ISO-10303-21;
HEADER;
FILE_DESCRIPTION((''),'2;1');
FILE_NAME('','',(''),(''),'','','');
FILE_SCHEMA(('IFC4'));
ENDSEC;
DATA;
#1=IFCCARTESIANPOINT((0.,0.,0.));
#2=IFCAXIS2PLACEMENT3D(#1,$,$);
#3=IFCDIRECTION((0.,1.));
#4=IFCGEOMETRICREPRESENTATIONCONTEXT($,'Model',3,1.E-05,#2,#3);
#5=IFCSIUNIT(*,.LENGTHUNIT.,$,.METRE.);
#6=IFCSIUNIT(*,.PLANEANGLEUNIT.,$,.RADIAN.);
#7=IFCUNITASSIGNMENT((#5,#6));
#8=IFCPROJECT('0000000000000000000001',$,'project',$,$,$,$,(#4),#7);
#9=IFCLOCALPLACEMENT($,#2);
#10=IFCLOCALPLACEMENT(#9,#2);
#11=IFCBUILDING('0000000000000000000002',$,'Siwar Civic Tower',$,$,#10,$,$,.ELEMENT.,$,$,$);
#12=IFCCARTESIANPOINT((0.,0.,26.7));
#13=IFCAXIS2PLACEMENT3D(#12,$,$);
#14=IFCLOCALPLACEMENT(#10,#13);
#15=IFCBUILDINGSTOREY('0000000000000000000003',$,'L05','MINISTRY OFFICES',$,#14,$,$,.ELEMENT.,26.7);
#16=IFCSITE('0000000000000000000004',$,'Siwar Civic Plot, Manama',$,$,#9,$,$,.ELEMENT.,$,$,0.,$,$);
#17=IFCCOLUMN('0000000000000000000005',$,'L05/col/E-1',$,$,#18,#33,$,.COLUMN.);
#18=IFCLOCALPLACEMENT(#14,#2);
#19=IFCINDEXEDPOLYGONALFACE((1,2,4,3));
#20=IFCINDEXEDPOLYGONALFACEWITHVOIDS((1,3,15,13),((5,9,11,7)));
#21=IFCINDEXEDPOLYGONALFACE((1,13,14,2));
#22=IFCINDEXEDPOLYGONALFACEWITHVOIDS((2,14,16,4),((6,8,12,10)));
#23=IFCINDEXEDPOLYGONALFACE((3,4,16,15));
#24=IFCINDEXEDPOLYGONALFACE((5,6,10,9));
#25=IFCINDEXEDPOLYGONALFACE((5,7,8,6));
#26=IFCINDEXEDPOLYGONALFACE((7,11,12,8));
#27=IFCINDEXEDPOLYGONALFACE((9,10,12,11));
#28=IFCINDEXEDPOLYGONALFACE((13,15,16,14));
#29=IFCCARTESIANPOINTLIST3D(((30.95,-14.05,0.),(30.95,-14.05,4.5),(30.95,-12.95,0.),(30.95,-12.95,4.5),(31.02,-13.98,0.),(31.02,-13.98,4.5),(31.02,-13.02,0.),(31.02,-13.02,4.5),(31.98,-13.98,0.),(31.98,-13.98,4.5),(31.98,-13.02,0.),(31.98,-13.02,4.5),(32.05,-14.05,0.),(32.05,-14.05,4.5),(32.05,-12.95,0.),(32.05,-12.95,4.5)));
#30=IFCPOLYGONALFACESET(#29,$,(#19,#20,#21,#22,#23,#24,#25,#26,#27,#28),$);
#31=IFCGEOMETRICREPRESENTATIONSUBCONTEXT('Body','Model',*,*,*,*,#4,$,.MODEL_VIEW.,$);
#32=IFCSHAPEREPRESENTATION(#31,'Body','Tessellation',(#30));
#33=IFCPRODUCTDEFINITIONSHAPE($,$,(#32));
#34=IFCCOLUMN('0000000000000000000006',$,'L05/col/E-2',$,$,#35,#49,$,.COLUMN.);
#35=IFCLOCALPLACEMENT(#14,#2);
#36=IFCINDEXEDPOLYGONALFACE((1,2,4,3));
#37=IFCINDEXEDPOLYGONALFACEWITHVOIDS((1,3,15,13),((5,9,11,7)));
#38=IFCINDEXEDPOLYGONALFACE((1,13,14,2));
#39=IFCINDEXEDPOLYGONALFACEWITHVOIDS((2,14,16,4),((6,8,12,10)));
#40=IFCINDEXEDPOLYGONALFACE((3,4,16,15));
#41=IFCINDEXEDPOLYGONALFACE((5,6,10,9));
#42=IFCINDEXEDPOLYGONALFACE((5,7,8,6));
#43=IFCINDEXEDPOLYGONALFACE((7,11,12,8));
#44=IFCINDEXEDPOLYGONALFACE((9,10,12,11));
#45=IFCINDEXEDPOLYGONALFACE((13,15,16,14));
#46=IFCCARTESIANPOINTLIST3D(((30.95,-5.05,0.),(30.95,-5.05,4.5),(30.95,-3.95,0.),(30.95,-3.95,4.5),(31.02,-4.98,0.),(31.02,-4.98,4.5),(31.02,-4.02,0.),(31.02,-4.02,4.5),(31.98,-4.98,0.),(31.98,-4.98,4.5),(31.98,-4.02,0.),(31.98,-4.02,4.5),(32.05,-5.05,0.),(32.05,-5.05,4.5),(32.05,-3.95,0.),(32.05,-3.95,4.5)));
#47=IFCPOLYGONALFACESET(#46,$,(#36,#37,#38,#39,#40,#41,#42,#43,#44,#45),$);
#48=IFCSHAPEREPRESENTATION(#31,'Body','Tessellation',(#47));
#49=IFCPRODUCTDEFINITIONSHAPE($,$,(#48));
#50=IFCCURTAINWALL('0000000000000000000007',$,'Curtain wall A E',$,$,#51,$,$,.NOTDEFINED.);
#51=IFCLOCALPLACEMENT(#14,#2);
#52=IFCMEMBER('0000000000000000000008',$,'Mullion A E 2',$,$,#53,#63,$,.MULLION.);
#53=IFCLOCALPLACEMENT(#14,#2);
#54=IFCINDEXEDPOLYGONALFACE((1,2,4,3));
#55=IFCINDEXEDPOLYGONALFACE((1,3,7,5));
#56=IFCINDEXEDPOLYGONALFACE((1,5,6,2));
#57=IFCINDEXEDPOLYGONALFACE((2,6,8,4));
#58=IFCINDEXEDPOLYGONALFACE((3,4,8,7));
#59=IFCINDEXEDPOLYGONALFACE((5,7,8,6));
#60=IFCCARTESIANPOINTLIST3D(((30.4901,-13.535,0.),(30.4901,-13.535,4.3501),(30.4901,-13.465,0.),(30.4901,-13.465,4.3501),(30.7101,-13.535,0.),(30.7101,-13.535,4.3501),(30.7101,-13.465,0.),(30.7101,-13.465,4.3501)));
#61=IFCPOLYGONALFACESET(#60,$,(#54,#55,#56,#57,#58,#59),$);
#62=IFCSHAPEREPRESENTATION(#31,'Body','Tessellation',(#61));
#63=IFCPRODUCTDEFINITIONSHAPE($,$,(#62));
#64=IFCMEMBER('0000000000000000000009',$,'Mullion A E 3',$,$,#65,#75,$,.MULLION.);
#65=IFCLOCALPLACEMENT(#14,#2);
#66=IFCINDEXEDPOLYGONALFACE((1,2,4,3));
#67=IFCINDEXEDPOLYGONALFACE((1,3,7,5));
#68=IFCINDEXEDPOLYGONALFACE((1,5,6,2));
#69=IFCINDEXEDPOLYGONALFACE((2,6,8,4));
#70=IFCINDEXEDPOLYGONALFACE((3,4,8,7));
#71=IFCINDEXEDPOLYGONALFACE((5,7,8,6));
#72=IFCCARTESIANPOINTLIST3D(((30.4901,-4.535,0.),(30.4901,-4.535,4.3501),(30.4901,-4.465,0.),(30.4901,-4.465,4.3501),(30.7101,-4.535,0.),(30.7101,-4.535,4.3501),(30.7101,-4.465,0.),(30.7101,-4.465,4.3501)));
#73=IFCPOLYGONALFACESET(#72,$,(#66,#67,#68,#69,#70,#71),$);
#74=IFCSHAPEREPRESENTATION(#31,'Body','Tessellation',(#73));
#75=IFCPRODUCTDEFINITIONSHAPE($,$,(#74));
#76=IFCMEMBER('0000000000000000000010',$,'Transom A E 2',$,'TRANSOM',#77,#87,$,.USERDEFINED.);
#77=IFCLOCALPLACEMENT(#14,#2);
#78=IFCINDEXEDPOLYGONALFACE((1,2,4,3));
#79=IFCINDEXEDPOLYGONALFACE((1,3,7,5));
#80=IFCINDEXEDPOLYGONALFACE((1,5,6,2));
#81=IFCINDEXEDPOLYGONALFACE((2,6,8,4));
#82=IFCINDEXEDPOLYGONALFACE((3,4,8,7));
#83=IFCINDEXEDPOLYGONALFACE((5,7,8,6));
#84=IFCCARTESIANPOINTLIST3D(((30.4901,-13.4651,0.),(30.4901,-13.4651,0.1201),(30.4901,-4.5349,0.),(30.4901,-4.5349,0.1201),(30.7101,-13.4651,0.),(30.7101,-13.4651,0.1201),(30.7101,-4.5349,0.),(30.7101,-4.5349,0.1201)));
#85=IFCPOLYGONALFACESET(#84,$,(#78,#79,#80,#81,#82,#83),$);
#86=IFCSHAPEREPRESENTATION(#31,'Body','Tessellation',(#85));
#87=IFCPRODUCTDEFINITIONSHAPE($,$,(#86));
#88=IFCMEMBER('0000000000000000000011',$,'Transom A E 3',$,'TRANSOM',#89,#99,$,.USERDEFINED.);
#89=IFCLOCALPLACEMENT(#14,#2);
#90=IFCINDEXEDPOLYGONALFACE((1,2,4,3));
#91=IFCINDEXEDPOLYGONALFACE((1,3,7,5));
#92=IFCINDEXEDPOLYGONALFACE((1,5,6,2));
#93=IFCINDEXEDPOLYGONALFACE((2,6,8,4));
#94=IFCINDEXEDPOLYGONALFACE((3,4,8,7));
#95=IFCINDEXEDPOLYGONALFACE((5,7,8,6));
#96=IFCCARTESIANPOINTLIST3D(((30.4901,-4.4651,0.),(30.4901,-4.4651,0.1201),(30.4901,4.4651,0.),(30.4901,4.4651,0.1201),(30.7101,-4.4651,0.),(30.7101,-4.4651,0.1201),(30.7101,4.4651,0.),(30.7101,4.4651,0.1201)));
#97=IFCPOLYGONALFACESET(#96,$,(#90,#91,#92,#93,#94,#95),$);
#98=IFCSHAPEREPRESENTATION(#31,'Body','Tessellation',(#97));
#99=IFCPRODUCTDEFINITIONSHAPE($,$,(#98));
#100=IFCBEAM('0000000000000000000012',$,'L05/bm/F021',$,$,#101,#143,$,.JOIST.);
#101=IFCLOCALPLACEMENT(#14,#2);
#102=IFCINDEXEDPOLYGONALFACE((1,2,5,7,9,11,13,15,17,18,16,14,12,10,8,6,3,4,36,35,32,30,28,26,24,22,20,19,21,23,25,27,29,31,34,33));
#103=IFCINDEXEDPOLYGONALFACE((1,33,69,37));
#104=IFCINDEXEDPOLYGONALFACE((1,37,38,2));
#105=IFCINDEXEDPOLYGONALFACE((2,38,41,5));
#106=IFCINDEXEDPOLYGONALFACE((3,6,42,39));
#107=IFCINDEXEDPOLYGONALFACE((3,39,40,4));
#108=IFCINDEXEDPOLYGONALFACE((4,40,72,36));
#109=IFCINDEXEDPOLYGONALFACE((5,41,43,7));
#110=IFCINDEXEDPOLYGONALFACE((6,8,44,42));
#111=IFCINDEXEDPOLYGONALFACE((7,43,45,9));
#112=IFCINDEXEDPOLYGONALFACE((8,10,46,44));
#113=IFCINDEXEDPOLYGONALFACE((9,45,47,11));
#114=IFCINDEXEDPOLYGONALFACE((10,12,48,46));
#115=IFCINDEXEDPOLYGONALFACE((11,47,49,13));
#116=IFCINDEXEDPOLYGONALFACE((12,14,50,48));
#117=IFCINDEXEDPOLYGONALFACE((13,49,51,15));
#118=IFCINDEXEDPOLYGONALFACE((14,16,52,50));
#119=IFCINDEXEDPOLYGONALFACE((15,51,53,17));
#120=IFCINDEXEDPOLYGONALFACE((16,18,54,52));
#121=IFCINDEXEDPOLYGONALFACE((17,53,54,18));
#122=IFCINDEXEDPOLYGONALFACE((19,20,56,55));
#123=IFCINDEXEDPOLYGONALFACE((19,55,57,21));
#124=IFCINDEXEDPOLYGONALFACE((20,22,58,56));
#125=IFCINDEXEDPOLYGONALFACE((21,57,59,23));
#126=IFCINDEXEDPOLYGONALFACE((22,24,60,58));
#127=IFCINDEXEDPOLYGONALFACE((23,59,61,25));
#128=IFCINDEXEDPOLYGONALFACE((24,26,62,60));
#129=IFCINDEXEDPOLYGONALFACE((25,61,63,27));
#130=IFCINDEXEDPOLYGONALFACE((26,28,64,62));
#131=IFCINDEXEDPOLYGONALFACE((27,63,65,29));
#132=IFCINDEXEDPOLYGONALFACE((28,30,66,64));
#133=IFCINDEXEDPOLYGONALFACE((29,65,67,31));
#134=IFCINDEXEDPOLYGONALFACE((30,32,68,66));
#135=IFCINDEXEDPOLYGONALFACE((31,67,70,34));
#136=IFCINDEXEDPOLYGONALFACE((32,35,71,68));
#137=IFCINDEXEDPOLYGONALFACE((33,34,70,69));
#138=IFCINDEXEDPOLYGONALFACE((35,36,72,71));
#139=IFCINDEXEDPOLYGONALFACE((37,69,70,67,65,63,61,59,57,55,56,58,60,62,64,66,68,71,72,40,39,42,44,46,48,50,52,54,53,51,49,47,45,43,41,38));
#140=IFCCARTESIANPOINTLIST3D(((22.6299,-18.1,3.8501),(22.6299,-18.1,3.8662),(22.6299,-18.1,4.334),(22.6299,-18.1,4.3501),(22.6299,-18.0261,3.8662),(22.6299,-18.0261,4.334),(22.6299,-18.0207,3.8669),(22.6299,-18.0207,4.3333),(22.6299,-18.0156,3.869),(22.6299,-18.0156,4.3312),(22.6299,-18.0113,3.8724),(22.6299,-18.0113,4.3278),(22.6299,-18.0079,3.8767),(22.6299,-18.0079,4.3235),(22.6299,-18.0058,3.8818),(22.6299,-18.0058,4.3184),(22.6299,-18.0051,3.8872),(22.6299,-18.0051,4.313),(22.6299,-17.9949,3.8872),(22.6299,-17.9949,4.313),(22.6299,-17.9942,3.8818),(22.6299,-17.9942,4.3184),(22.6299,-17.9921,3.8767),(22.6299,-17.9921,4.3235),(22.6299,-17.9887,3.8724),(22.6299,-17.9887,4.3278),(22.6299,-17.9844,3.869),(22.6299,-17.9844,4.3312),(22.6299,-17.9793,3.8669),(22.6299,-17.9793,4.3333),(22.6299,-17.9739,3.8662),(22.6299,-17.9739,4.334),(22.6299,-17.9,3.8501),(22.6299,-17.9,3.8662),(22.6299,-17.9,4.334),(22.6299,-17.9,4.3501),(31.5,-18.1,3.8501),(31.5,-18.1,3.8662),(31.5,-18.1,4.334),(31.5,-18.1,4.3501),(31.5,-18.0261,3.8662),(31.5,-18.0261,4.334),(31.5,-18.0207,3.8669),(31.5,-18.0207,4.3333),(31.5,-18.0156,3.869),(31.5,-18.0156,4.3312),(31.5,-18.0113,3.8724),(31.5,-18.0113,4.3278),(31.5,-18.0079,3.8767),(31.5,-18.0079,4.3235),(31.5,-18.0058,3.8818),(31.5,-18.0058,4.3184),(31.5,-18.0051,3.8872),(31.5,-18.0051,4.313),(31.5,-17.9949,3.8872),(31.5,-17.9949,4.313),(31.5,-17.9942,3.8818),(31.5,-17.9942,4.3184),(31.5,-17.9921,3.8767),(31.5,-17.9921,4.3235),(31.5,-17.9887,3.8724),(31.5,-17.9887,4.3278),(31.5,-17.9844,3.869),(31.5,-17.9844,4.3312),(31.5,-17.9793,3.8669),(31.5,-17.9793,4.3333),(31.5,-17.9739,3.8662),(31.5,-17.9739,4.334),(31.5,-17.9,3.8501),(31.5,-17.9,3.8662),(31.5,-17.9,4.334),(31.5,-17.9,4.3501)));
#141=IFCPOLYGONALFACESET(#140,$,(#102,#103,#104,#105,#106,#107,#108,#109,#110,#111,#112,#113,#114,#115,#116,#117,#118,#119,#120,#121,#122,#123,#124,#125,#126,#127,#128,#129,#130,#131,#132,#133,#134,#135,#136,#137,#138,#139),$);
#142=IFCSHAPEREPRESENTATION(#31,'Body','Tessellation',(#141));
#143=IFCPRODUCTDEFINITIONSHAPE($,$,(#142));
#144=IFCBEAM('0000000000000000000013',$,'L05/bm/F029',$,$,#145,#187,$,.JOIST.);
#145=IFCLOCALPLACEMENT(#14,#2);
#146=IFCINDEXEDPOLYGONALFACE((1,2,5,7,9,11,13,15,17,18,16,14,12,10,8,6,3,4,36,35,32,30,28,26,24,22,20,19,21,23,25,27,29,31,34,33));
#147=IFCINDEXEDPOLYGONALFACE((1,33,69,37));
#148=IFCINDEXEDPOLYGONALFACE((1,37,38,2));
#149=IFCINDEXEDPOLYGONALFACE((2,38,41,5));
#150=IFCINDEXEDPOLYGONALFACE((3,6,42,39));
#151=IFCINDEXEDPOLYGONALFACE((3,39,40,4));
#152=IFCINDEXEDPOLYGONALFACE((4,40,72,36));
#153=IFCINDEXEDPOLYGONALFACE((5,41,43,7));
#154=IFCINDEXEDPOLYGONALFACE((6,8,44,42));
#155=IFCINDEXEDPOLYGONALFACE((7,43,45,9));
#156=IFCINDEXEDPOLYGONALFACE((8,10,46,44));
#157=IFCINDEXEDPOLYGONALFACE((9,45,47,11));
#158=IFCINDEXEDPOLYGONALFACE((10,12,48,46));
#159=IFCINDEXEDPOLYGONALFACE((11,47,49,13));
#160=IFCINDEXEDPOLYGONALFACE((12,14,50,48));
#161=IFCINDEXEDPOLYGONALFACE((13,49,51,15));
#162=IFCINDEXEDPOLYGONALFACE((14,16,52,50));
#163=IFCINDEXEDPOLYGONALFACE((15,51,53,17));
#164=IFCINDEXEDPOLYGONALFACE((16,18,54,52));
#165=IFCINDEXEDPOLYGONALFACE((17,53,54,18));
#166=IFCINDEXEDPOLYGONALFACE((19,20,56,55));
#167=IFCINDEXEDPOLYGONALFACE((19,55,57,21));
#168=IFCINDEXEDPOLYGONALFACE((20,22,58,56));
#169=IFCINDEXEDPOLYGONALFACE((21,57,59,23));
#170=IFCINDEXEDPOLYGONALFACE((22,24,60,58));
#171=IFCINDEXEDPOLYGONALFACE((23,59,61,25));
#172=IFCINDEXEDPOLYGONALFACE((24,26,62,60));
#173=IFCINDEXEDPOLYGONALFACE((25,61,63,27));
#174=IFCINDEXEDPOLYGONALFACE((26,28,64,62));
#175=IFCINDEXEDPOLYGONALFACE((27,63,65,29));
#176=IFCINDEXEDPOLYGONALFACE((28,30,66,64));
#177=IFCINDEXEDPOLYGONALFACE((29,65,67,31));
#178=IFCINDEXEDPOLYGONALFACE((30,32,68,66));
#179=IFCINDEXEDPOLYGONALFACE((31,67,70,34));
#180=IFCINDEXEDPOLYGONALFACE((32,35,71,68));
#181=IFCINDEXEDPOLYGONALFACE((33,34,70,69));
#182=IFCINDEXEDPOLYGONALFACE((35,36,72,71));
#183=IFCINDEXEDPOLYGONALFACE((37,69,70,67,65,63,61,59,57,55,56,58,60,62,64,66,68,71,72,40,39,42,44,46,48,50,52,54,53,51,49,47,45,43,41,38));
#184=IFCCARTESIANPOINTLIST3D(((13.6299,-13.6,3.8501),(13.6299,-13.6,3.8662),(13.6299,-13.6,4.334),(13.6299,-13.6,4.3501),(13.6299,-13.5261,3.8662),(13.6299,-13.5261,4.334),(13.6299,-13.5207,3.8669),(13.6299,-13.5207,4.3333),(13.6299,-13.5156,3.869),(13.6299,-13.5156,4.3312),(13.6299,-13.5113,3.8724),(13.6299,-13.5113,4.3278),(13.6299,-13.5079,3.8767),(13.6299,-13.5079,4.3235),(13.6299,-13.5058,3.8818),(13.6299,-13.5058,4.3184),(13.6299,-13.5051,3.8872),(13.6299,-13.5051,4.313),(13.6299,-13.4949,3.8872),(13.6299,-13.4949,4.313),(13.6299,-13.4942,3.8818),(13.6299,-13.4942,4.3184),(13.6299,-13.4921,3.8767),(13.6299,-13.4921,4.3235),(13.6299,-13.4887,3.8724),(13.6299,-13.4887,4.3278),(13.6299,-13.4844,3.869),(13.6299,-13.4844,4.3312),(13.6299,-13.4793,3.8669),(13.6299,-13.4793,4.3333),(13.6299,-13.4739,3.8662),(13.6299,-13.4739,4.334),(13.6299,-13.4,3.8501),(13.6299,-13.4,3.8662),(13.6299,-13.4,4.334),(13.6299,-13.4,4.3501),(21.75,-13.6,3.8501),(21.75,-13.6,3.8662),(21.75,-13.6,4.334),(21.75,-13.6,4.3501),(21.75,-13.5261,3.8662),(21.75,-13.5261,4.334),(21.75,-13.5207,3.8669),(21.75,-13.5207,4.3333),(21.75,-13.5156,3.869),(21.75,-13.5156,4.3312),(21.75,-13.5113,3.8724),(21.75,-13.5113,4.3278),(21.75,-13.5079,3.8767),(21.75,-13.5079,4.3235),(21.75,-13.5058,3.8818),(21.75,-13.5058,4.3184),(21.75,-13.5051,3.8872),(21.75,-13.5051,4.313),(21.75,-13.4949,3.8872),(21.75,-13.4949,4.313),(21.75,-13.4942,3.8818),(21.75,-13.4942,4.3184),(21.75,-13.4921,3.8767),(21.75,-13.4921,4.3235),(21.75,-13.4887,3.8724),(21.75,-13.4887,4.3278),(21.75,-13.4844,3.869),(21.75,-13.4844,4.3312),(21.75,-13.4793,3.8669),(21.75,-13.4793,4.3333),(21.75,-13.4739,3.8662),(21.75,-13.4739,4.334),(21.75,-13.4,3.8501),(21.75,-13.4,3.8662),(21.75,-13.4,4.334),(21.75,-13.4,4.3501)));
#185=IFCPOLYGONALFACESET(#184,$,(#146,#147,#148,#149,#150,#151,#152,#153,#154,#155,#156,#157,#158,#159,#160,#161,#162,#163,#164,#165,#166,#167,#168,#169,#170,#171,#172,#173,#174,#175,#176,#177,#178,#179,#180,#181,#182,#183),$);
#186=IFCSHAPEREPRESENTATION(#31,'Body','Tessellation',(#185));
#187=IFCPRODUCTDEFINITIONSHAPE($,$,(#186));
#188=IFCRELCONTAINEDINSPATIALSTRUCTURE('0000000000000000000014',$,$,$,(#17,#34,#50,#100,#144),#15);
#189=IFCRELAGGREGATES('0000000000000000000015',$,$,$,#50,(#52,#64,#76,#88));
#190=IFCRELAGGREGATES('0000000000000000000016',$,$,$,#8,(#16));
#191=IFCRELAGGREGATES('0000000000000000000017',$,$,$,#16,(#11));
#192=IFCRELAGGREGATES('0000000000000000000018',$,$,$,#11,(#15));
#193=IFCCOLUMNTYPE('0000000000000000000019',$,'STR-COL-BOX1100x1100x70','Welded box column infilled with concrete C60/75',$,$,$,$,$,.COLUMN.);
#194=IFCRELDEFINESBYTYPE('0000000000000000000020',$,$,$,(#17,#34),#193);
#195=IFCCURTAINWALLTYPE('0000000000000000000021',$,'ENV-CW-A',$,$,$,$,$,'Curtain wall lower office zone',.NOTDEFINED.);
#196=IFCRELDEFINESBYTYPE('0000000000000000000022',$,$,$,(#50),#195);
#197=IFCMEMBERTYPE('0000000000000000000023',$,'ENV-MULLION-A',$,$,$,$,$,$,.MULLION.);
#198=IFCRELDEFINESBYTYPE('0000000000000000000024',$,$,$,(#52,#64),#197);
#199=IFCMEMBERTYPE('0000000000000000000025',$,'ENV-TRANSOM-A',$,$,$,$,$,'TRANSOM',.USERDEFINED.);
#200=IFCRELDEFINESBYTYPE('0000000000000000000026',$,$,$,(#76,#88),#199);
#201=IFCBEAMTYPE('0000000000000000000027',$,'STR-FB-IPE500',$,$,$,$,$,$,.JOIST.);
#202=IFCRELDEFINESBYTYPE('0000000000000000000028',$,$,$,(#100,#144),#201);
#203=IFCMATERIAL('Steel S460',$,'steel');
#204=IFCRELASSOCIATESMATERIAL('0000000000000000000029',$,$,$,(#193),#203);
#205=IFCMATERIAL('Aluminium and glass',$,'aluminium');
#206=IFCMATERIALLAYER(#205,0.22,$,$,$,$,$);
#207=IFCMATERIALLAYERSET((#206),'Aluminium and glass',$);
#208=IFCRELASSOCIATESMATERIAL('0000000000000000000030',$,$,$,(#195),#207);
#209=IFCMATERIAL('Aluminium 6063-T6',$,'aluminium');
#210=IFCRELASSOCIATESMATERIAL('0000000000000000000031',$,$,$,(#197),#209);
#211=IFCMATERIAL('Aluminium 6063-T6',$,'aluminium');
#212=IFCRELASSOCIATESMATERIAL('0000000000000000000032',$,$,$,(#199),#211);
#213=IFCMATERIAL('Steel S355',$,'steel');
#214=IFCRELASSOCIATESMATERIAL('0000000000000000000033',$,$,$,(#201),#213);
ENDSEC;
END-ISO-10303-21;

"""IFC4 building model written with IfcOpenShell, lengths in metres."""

from ifc_helpers import new_model, si_unit, direction, frame, origin, origin_2d, place, context, subcontext, project, spatial, rectangle, hollow_rectangle, i_section, extrude, material, layer, layer_set, material_profile, profile_set, type_object, element, aggregate, save


model = new_model("IFC4")

# Units and contexts
model_context = context("Model", 3, precision=1e-05, world=origin(), true_north=direction((0.0, 1.0)))
body_context = subcontext(model_context, "Body", "Model", "MODEL_VIEW")
ifc_project = project(units=[si_unit("LENGTHUNIT", "METRE"), si_unit("PLANEANGLEUNIT", "RADIAN")], contexts=[model_context])

# Site, building, storey
site_placement = place(None, origin())
site = spatial("IfcSite", under=ifc_project, at=site_placement, Name="Siwar Civic Plot, Manama", CompositionType="ELEMENT", RefElevation=0.0)
building_placement = place(site_placement, origin())
building = spatial("IfcBuilding", under=site, at=building_placement, Name="Siwar Civic Tower", CompositionType="ELEMENT")
storey_placement = place(building_placement, frame((0.0, 0.0, 26.7)))
storey = spatial("IfcBuildingStorey", under=building, at=storey_placement, Name="L05", Description="MINISTRY OFFICES", CompositionType="ELEMENT", Elevation=26.7)

# Columns
ifc_material_1 = material(Name="Steel S460", Category="steel")
ifc_material_profile_1 = material_profile(ifc_material_1, hollow_rectangle(XDim=1.1001, YDim=1.1001, WallThickness=0.0701, at=origin_2d()), Name="BOX1100x1100x70")
ifc_profile_set_1 = profile_set([ifc_material_profile_1], Name="Steel S460")
column_type = type_object("IfcColumnType", Name="STR-COL-BOX1100x1100x70", Description="Welded box column infilled with concrete C60/75", PredefinedType="COLUMN", material=ifc_profile_set_1)
for number, where, z_axis, x_axis, name in (
    (1, (31.5, -13.5, 0.0), (0.0, 0.0, 1.0), (1.0, 0.0, 0.0), "L05/col/E-1"),
    (2, (31.5, -4.5, 0.0), (0.0, 0.0, 1.0), (1.0, 0.0, 0.0), "L05/col/E-2"),
):
    element("IfcColumn", number, at=place(storey_placement, frame(where, z_axis=z_axis, x_axis=x_axis)), inside=storey, type_object=column_type, Name=name, PredefinedType="COLUMN", context=body_context, shape_type="SweptSolid", body=[
        extrude(hollow_rectangle(XDim=1.1001, YDim=1.1001, WallThickness=0.0701, at=origin_2d()), origin(), (0.0, 0.0, 1.0), 4.5),
    ])

# Curtain wall, members
ifc_material_2 = material(Name="Aluminium and glass", Category="aluminium")
ifc_layer_1 = layer(ifc_material_2, 0.22)
ifc_layer_set_1 = layer_set([ifc_layer_1], Name="Aluminium and glass")
curtain_wall_type = type_object("IfcCurtainWallType", Name="ENV-CW-A", ElementType="Curtain wall lower office zone", PredefinedType="NOTDEFINED", material=ifc_layer_set_1)
curtain_wall_placement = place(storey_placement, origin())
curtain_wall = element("IfcCurtainWall", 3, at=curtain_wall_placement, inside=storey, type_object=curtain_wall_type, Name="Curtain wall A E", PredefinedType="NOTDEFINED")
ifc_material_3 = material(Name="Aluminium 6063-T6", Category="aluminium")
ifc_material_profile_2 = material_profile(ifc_material_3, rectangle(XDim=0.22, YDim=0.0701, at=origin_2d()), Name="AL 220x70")
ifc_profile_set_2 = profile_set([ifc_material_profile_2], Name="Aluminium 6063-T6")
member_type_1 = type_object("IfcMemberType", Name="ENV-MULLION-A", PredefinedType="MULLION", material=ifc_profile_set_2)
member_1_placement = place(storey_placement, frame((30.6001, -13.5, 0.0), z_axis=(0.0, 0.0, 1.0), x_axis=(-1.0, 0.0, 0.0)))
member_1 = element("IfcMember", 4, at=member_1_placement, type_object=member_type_1, Name="Mullion A E 2", PredefinedType="MULLION", context=body_context, shape_type="SweptSolid", body=[
    extrude(rectangle(XDim=0.22, YDim=0.0701, at=origin_2d()), origin(), (0.0, 0.0, 1.0), 4.3501),
])
member_2_placement = place(storey_placement, frame((30.6001, -4.5, 0.0), z_axis=(0.0, 0.0, 1.0), x_axis=(-1.0, 0.0, 0.0)))
member_2 = element("IfcMember", 5, at=member_2_placement, type_object=member_type_1, Name="Mullion A E 3", PredefinedType="MULLION", context=body_context, shape_type="SweptSolid", body=[
    extrude(rectangle(XDim=0.22, YDim=0.0701, at=origin_2d()), origin(), (0.0, 0.0, 1.0), 4.3501),
])
ifc_material_4 = material(Name="Aluminium 6063-T6", Category="aluminium")
ifc_material_profile_3 = material_profile(ifc_material_4, rectangle(XDim=0.22, YDim=0.1201, at=origin_2d()), Name="AL 220x120")
ifc_profile_set_3 = profile_set([ifc_material_profile_3], Name="Aluminium 6063-T6")
member_type_2 = type_object("IfcMemberType", Name="ENV-TRANSOM-A", ElementType="TRANSOM", PredefinedType="USERDEFINED", material=ifc_profile_set_3)
member_3_placement = place(storey_placement, frame((30.6001, -13.4651, 0.0601), z_axis=(0.0, 1.0, 0.0), x_axis=(-1.0, 0.0, 0.0)))
member_3 = element("IfcMember", 6, at=member_3_placement, type_object=member_type_2, Name="Transom A E 2", ObjectType="TRANSOM", PredefinedType="USERDEFINED", context=body_context, shape_type="SweptSolid", body=[
    extrude(rectangle(XDim=0.22, YDim=0.1201, at=origin_2d()), origin(), (0.0, 0.0, 1.0), 8.9302),
])
member_4_placement = place(storey_placement, frame((30.6001, -4.4651, 0.0601), z_axis=(0.0, 1.0, 0.0), x_axis=(-1.0, 0.0, 0.0)))
member_4 = element("IfcMember", 7, at=member_4_placement, type_object=member_type_2, Name="Transom A E 3", ObjectType="TRANSOM", PredefinedType="USERDEFINED", context=body_context, shape_type="SweptSolid", body=[
    extrude(rectangle(XDim=0.22, YDim=0.1201, at=origin_2d()), origin(), (0.0, 0.0, 1.0), 8.9302),
])

# Beams
ifc_material_5 = material(Name="Steel S355", Category="steel")
ifc_material_profile_4 = material_profile(ifc_material_5, i_section(OverallWidth=0.2, OverallDepth=0.5, WebThickness=0.0103, FlangeThickness=0.0161, FilletRadius=0.021, at=origin_2d()), Name="IPE500")
ifc_profile_set_4 = profile_set([ifc_material_profile_4], Name="Steel S355")
beam_type_1 = type_object("IfcBeamType", Name="STR-FB-IPE500", PredefinedType="JOIST", material=ifc_profile_set_4)
beam_1_placement = place(storey_placement, frame((22.6299, -18.0, 4.1001), z_axis=(1.0, 0.0, 0.0), x_axis=(0.0, 1.0, 0.0)))
element("IfcBeam", 8, at=beam_1_placement, inside=storey, type_object=beam_type_1, Name="L05/bm/F021", PredefinedType="JOIST", context=body_context, shape_type="SweptSolid", body=[
    extrude(i_section(OverallWidth=0.2, OverallDepth=0.5, WebThickness=0.0103, FlangeThickness=0.0161, FilletRadius=0.021, at=origin_2d()), origin(), (0.0, 0.0, 1.0), 8.8701),
])
beam_2_placement = place(storey_placement, frame((13.6299, -13.5, 4.1001), z_axis=(1.0, 0.0, 0.0), x_axis=(0.0, 1.0, 0.0)))
element("IfcBeam", 9, at=beam_2_placement, inside=storey, type_object=beam_type_1, Name="L05/bm/F029", PredefinedType="JOIST", context=body_context, shape_type="SweptSolid", body=[
    extrude(i_section(OverallWidth=0.2, OverallDepth=0.5, WebThickness=0.0103, FlangeThickness=0.0161, FilletRadius=0.021, at=origin_2d()), origin(), (0.0, 0.0, 1.0), 8.1201),
])

aggregate(curtain_wall, [member_1, member_2, member_3, member_4])

save(model, "model.ifc")
